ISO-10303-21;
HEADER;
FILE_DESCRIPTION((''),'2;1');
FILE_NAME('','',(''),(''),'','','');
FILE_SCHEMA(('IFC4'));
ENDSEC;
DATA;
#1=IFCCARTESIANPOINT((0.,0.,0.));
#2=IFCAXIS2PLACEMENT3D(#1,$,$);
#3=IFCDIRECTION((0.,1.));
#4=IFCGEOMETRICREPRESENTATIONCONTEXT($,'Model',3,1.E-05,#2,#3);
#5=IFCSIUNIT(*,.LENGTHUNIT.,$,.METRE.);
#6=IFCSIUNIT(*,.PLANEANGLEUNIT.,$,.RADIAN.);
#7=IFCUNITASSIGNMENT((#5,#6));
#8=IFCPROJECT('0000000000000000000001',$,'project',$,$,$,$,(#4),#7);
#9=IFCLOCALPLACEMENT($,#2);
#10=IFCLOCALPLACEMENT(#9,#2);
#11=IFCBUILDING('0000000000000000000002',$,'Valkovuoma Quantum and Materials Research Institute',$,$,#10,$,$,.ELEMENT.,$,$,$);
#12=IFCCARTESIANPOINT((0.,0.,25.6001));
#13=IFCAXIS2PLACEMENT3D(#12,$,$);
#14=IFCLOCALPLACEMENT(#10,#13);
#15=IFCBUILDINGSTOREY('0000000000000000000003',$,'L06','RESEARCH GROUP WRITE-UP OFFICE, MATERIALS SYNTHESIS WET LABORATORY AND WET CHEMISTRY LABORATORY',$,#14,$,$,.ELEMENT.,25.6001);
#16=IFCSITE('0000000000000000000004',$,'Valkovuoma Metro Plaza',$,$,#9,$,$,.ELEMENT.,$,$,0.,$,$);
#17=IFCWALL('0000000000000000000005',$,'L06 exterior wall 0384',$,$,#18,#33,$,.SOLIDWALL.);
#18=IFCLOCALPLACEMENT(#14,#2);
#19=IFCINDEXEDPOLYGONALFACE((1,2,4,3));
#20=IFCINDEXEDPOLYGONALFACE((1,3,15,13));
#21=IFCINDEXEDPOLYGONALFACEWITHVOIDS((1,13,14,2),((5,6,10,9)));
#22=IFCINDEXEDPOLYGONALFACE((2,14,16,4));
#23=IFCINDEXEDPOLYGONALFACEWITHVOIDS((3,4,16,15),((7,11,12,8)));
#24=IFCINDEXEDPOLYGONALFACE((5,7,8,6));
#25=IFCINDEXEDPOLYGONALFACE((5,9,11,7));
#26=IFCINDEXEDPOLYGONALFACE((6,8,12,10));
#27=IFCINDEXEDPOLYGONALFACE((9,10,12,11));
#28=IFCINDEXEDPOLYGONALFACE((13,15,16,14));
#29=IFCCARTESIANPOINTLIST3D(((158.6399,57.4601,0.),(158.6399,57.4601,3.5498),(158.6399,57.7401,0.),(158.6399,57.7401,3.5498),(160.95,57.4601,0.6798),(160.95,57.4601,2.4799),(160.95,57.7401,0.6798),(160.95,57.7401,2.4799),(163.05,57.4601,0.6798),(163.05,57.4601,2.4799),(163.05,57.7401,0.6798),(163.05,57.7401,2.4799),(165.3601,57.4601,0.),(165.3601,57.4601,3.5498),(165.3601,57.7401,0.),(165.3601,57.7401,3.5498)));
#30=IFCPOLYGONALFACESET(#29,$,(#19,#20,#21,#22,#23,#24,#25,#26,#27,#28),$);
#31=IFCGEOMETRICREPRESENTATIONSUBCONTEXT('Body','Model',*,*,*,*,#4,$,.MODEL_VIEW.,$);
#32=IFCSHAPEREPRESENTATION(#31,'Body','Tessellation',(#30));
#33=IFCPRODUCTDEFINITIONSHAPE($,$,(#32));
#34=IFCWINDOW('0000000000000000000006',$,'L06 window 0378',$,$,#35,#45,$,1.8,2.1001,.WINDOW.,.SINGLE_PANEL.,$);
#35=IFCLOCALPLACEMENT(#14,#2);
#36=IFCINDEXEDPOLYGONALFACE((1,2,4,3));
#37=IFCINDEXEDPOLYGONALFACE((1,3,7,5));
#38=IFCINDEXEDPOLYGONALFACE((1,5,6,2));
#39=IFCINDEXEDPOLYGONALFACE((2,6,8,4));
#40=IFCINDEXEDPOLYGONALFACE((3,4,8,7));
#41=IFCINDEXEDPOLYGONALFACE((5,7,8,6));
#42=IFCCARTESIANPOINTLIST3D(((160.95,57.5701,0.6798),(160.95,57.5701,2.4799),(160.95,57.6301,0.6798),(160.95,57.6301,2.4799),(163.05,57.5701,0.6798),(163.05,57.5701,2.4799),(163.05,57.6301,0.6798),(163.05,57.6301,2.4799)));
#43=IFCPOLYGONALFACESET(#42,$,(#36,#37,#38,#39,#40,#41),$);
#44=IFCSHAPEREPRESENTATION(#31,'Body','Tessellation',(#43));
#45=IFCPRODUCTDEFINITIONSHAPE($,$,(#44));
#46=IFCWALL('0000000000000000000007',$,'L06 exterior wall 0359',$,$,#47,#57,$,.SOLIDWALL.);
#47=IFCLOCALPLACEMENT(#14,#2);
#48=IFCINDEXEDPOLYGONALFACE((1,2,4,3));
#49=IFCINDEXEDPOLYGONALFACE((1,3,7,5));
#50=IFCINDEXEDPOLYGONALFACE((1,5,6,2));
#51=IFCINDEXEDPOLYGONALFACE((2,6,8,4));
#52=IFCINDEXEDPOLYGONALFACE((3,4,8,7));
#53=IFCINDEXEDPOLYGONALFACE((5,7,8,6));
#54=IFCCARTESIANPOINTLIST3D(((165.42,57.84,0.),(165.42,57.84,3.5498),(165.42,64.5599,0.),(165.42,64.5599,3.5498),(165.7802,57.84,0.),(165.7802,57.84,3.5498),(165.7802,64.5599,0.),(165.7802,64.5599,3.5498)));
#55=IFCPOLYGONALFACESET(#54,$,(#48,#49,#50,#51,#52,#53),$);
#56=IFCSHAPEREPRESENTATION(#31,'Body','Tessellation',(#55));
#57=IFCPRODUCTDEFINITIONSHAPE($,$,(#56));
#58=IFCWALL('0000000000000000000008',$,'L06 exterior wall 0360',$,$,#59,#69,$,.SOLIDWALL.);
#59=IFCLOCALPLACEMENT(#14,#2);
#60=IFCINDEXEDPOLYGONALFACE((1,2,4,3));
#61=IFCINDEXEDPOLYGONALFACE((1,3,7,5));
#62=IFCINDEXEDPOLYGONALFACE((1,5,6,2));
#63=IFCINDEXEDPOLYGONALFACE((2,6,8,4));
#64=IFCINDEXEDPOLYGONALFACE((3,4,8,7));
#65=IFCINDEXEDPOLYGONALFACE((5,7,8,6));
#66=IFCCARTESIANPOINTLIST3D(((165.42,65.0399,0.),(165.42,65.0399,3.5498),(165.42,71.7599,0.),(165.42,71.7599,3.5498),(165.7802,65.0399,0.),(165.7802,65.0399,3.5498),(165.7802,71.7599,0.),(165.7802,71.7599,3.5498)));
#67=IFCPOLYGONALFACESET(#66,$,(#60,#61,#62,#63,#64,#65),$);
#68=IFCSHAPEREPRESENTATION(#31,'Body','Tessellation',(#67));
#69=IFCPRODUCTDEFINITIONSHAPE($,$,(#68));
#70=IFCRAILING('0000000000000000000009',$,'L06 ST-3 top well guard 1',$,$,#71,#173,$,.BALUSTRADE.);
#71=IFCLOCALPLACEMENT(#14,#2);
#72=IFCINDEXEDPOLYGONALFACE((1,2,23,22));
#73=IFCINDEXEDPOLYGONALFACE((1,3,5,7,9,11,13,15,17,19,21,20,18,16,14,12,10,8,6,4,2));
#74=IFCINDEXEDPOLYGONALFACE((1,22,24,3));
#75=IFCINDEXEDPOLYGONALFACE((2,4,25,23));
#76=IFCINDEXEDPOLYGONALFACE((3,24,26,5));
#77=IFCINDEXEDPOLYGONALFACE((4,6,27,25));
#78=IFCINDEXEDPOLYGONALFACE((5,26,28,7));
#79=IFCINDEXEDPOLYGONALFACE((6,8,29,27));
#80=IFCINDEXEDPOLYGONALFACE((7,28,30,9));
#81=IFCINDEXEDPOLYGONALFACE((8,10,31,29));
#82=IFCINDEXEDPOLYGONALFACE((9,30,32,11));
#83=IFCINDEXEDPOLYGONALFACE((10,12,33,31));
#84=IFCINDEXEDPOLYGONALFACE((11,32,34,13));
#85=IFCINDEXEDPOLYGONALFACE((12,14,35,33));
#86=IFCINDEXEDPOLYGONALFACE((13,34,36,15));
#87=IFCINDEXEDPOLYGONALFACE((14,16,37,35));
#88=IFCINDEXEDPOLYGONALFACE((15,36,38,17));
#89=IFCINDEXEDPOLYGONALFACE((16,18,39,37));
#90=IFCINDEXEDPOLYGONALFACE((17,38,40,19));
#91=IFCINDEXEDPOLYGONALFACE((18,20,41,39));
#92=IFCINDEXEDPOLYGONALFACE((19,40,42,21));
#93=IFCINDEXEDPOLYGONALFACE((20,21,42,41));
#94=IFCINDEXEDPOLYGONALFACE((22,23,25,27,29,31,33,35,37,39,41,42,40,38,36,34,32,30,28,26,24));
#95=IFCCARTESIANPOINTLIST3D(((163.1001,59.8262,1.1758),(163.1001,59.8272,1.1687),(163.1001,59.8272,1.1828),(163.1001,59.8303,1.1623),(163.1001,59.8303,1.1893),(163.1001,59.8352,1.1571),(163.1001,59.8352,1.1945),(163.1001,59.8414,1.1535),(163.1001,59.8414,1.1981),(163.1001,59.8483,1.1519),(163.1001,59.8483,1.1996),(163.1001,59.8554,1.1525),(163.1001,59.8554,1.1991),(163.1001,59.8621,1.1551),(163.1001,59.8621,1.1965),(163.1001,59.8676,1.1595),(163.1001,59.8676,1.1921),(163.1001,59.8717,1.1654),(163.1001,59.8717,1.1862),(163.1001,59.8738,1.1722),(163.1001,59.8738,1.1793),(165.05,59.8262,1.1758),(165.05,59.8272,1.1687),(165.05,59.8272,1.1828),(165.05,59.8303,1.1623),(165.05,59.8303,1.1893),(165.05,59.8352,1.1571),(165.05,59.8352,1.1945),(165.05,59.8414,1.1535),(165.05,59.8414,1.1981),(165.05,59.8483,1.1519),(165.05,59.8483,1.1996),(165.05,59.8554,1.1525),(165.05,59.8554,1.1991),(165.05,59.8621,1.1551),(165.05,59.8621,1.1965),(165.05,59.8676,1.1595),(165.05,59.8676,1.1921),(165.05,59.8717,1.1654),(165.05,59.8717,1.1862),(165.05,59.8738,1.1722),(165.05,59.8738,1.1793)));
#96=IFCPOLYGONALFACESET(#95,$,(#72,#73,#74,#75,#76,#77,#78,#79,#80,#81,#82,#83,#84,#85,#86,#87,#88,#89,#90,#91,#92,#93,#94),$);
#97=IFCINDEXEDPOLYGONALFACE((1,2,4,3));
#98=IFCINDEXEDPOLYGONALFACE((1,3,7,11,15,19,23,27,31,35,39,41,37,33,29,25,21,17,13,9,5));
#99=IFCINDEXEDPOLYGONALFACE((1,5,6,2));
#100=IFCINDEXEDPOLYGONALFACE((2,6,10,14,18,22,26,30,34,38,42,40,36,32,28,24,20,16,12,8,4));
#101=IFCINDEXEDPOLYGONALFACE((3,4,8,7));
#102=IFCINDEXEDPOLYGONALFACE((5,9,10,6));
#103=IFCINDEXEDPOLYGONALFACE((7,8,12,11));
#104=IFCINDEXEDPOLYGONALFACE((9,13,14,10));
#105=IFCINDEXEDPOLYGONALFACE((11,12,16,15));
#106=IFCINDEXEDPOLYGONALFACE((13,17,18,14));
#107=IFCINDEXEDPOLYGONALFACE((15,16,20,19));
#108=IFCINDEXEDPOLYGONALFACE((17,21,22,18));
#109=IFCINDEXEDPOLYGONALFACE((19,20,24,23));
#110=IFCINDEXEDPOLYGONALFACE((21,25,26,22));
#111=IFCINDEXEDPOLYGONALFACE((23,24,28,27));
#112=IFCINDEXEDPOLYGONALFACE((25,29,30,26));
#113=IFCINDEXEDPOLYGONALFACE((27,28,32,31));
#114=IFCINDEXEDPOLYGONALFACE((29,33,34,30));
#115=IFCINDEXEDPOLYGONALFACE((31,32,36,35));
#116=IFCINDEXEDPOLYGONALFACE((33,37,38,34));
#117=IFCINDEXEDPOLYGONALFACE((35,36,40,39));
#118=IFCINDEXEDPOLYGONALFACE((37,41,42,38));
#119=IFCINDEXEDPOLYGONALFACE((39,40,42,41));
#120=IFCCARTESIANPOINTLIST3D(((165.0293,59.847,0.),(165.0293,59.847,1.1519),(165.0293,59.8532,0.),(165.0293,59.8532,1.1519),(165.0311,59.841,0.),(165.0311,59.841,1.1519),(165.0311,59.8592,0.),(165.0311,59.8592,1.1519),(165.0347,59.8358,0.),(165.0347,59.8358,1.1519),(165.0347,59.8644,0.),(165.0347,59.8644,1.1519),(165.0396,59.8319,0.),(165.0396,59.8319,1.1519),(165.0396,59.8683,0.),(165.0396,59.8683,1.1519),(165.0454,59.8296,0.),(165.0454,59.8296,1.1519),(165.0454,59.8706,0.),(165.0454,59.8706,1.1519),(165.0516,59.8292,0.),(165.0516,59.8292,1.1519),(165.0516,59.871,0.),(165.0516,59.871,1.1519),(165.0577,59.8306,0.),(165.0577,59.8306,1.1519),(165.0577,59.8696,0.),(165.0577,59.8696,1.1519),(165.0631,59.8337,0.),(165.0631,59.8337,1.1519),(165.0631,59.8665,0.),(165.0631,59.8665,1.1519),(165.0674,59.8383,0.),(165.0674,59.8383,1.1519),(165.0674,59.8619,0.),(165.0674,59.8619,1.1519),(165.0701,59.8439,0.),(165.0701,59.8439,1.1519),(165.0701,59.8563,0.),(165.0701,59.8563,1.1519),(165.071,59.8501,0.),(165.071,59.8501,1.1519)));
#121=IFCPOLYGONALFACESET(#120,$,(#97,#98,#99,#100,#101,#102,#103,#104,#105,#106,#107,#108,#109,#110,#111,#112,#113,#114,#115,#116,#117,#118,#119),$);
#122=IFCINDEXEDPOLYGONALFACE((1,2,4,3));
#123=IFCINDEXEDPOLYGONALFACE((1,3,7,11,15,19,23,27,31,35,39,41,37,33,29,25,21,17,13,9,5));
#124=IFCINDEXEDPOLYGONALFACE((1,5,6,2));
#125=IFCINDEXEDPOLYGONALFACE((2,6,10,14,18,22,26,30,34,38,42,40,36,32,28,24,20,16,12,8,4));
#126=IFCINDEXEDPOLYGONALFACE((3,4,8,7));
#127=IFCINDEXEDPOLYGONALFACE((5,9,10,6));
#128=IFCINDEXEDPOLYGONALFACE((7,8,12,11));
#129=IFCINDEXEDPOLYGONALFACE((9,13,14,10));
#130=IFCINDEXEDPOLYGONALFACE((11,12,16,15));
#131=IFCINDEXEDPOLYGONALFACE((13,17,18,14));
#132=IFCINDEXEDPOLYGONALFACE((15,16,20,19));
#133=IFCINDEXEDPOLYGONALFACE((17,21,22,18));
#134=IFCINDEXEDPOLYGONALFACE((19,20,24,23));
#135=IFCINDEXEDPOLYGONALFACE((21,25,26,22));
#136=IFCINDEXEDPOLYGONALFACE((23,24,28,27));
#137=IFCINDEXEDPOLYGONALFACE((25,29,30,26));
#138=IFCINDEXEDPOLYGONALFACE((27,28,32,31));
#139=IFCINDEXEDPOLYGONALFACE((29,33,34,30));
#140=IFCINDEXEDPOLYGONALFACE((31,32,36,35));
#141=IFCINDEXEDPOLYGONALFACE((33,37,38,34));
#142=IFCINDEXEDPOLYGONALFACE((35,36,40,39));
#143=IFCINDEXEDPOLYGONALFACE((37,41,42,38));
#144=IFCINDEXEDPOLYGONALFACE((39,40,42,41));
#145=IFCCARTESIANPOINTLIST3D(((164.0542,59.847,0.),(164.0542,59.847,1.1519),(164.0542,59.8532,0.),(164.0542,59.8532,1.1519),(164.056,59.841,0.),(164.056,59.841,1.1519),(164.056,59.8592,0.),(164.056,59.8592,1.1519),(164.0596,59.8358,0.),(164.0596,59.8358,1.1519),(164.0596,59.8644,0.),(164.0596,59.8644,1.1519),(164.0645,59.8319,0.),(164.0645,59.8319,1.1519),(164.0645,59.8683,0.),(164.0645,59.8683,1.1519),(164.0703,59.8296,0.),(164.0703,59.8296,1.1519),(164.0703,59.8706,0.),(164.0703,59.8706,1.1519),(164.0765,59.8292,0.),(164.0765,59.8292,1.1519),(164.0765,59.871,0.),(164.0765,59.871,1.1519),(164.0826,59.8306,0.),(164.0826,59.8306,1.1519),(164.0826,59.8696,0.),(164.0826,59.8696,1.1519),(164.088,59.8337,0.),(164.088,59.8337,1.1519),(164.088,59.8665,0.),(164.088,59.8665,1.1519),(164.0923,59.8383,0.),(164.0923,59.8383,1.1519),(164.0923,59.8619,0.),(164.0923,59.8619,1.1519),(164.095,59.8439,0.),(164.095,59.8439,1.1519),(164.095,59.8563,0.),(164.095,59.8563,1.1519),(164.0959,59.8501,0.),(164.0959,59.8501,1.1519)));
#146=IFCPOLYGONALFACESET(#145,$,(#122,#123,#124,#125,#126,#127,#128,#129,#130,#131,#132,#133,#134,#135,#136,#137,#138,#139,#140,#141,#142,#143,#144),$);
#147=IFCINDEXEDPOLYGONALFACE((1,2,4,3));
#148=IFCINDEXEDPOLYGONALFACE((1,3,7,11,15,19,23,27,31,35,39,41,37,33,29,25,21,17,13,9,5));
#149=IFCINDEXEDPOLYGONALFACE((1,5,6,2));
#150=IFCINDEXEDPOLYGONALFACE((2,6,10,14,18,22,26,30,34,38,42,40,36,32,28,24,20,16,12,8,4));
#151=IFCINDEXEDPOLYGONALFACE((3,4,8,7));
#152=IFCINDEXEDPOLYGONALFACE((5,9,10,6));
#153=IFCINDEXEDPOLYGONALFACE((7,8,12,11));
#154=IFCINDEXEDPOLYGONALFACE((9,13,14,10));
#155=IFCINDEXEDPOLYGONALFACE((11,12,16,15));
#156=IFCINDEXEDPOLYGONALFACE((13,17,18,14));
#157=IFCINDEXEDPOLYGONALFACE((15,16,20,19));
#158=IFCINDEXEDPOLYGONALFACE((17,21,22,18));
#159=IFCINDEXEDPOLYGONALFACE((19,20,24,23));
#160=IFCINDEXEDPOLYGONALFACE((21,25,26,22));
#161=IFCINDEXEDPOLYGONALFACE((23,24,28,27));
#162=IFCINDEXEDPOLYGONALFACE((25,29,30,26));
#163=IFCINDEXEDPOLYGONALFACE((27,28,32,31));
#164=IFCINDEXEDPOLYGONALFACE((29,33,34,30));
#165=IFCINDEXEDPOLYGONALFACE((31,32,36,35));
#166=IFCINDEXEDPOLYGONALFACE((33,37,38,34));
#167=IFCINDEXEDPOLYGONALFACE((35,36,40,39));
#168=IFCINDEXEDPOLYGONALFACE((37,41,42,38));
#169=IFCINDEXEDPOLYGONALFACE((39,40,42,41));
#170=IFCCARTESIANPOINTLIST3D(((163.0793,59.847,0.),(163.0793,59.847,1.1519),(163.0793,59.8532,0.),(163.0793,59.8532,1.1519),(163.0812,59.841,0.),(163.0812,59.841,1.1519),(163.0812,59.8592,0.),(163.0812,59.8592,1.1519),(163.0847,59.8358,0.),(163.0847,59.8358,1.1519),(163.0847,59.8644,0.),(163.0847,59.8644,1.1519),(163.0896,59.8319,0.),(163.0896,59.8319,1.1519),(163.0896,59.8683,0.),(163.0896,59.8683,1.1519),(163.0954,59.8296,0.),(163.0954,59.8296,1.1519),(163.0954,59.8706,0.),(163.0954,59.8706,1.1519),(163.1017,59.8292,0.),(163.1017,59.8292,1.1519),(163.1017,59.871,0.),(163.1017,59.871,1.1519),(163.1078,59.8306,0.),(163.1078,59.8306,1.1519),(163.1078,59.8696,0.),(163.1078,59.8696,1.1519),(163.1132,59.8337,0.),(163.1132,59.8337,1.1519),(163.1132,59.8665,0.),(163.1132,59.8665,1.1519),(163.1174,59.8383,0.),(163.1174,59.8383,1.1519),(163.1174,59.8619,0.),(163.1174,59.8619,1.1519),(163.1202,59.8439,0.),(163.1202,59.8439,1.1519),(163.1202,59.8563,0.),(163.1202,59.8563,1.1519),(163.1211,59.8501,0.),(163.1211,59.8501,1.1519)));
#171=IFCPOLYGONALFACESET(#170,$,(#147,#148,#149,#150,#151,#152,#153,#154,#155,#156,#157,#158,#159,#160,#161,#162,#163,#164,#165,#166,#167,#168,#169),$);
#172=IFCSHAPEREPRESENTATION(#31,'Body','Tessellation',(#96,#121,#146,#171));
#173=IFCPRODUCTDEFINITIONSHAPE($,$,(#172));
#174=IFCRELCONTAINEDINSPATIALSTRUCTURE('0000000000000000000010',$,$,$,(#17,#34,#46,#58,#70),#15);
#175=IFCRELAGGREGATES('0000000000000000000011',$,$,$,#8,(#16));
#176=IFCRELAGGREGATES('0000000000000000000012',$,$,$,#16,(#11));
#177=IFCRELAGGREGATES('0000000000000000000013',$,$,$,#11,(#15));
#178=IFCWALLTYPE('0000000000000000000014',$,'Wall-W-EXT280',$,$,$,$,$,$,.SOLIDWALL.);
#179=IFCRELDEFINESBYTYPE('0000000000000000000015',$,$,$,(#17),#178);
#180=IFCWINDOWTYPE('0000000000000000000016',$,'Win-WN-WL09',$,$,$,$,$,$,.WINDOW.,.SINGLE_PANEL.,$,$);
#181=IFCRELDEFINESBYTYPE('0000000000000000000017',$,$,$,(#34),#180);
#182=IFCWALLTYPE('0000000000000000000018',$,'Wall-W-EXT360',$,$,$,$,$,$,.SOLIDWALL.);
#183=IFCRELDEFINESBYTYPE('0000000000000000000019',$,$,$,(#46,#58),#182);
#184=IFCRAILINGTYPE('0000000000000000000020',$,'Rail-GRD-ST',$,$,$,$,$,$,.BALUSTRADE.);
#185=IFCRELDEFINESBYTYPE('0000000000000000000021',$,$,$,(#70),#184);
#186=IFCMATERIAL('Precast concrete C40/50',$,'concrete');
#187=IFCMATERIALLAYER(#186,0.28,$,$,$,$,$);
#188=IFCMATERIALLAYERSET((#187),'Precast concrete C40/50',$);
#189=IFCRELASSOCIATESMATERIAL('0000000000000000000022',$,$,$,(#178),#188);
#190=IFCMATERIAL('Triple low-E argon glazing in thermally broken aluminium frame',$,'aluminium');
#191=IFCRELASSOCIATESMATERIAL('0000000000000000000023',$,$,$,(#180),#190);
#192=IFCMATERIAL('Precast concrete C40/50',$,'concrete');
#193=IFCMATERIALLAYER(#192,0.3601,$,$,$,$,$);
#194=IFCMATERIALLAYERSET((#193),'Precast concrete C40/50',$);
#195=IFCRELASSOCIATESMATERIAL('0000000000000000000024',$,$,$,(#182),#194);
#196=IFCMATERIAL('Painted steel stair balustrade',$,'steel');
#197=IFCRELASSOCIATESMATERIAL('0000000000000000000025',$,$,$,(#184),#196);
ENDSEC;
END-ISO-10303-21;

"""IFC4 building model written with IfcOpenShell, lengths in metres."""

from ifc_helpers import new_model, si_unit, direction, frame, frame_2d, origin, origin_2d, place, context, subcontext, project, spatial, rectangle, circle, extrude, material, layer, layer_set, type_object, element, fill, save


model = new_model("IFC4")

# Units and contexts
model_context = context("Model", 3, precision=1e-05, world=origin(), true_north=direction((0.0, 1.0)))
body_context = subcontext(model_context, "Body", "Model", "MODEL_VIEW")
ifc_project = project(units=[si_unit("LENGTHUNIT", "METRE"), si_unit("PLANEANGLEUNIT", "RADIAN")], contexts=[model_context])

# Site, building, storey
site_placement = place(None, origin())
site = spatial("IfcSite", under=ifc_project, at=site_placement, Name="Valkovuoma Metro Plaza", CompositionType="ELEMENT", RefElevation=0.0)
building_placement = place(site_placement, origin())
building = spatial("IfcBuilding", under=site, at=building_placement, Name="Valkovuoma Quantum and Materials Research Institute", CompositionType="ELEMENT")
storey_placement = place(building_placement, frame((0.0, 0.0, 25.6001)))
storey = spatial("IfcBuildingStorey", under=building, at=storey_placement, Name="L06", Description="RESEARCH GROUP WRITE-UP OFFICE, MATERIALS SYNTHESIS WET LABORATORY AND WET CHEMISTRY LABORATORY", CompositionType="ELEMENT", Elevation=25.6001)

# Wall, opening, window
ifc_material_1 = material(Name="Precast concrete C40/50", Category="concrete")
ifc_layer_1 = layer(ifc_material_1, 0.28)
ifc_layer_set_1 = layer_set([ifc_layer_1], Name="Precast concrete C40/50")
wall_type_1 = type_object("IfcWallType", Name="Wall-W-EXT280", PredefinedType="SOLIDWALL", material=ifc_layer_set_1)
wall_1_placement = place(storey_placement, frame((158.6399, 57.6001, 0.0), z_axis=(0.0, 0.0, 1.0), x_axis=(1.0, 0.0, 0.0)))
wall_1 = element("IfcWall", 1, at=wall_1_placement, inside=storey, type_object=wall_type_1, Name="L06 exterior wall 0384", PredefinedType="SOLIDWALL", context=body_context, shape_type="SweptSolid", body=[
    extrude(rectangle(XDim=6.7202, YDim=0.28, at=frame_2d((3.3601, 0.0))), origin(), (0.0, 0.0, 1.0), 3.5498),
])
opening_1_placement = place(wall_1_placement, frame((2.3101, 0.0, 0.6799)))
opening_1 = element("IfcOpeningElement", 2, at=opening_1_placement, cuts=wall_1, PredefinedType="OPENING", context=body_context, shape_type="SweptSolid", body=[
    extrude(rectangle(XDim=2.1001, YDim=1.8, at=frame_2d((1.05, 0.8999))), frame((0.0, 0.1499, 0.0), z_axis=(0.0, -1.0, 0.0), x_axis=(1.0, 0.0, 0.0)), (0.0, 0.0, 1.0), 0.3),
])
ifc_material_2 = material(Name="Triple low-E argon glazing in thermally broken aluminium frame", Category="aluminium")
window_type = type_object("IfcWindowType", Name="Win-WN-WL09", PartitioningType="SINGLE_PANEL", PredefinedType="WINDOW", material=ifc_material_2)
window_placement = place(opening_1_placement, origin())
window = element("IfcWindow", 3, at=window_placement, inside=storey, type_object=window_type, Name="L06 window 0378", OverallHeight=1.8, OverallWidth=2.1001, PartitioningType="SINGLE_PANEL", PredefinedType="WINDOW", context=body_context, shape_type="SweptSolid", body=[
    extrude(rectangle(XDim=2.1001, YDim=1.8, at=frame_2d((1.05, 0.8999))), frame((0.0, 0.03, 0.0), z_axis=(0.0, -1.0, 0.0), x_axis=(1.0, 0.0, 0.0)), (0.0, 0.0, 1.0), 0.0601),
])
fill(opening_1, window)

# Walls
ifc_material_3 = material(Name="Precast concrete C40/50", Category="concrete")
ifc_layer_2 = layer(ifc_material_3, 0.3601)
ifc_layer_set_2 = layer_set([ifc_layer_2], Name="Precast concrete C40/50")
wall_type_2 = type_object("IfcWallType", Name="Wall-W-EXT360", PredefinedType="SOLIDWALL", material=ifc_layer_set_2)
for number, where, z_axis, x_axis, name in (
    (4, (165.6001, 57.8401, 0.0), (0.0, 0.0, 1.0), (0.0, 1.0, 0.0), "L06 exterior wall 0359"),
    (5, (165.6001, 65.04, 0.0), (0.0, 0.0, 1.0), (0.0, 1.0, 0.0), "L06 exterior wall 0360"),
):
    element("IfcWall", number, at=place(storey_placement, frame(where, z_axis=z_axis, x_axis=x_axis)), inside=storey, type_object=wall_type_2, Name=name, PredefinedType="SOLIDWALL", context=body_context, shape_type="SweptSolid", body=[
        extrude(rectangle(XDim=6.72, YDim=0.3601, at=frame_2d((3.3599, 0.0))), origin(), (0.0, 0.0, 1.0), 3.5498),
    ])

# Railing
ifc_material_4 = material(Name="Painted steel stair balustrade", Category="steel")
railing_type = type_object("IfcRailingType", Name="Rail-GRD-ST", PredefinedType="BALUSTRADE", material=ifc_material_4)
railing_placement = place(storey_placement, frame((165.05, 59.8501, 0.0)))
element("IfcRailing", 6, at=railing_placement, inside=storey, type_object=railing_type, Name="L06 ST-3 top well guard 1", PredefinedType="BALUSTRADE", context=body_context, shape_type="SweptSolid", body=[
    extrude(circle(Radius=0.0239, at=origin_2d()), frame((0.0, 0.0, 1.1758), z_axis=(-1.0, 0.0, 0.0), x_axis=(0.0, -1.0, 0.0)), (0.0, 0.0, 1.0), 1.95),
    extrude(circle(Radius=0.021, at=origin_2d()), origin(), (0.0, 0.0, 1.0), 1.1519),
    extrude(circle(Radius=0.021, at=origin_2d()), frame((-0.9751, 0.0, 0.0)), (0.0, 0.0, 1.0), 1.1519),
    extrude(circle(Radius=0.021, at=origin_2d()), frame((-1.95, 0.0, 0.0)), (0.0, 0.0, 1.0), 1.1519),
])

save(model, "model.ifc")
